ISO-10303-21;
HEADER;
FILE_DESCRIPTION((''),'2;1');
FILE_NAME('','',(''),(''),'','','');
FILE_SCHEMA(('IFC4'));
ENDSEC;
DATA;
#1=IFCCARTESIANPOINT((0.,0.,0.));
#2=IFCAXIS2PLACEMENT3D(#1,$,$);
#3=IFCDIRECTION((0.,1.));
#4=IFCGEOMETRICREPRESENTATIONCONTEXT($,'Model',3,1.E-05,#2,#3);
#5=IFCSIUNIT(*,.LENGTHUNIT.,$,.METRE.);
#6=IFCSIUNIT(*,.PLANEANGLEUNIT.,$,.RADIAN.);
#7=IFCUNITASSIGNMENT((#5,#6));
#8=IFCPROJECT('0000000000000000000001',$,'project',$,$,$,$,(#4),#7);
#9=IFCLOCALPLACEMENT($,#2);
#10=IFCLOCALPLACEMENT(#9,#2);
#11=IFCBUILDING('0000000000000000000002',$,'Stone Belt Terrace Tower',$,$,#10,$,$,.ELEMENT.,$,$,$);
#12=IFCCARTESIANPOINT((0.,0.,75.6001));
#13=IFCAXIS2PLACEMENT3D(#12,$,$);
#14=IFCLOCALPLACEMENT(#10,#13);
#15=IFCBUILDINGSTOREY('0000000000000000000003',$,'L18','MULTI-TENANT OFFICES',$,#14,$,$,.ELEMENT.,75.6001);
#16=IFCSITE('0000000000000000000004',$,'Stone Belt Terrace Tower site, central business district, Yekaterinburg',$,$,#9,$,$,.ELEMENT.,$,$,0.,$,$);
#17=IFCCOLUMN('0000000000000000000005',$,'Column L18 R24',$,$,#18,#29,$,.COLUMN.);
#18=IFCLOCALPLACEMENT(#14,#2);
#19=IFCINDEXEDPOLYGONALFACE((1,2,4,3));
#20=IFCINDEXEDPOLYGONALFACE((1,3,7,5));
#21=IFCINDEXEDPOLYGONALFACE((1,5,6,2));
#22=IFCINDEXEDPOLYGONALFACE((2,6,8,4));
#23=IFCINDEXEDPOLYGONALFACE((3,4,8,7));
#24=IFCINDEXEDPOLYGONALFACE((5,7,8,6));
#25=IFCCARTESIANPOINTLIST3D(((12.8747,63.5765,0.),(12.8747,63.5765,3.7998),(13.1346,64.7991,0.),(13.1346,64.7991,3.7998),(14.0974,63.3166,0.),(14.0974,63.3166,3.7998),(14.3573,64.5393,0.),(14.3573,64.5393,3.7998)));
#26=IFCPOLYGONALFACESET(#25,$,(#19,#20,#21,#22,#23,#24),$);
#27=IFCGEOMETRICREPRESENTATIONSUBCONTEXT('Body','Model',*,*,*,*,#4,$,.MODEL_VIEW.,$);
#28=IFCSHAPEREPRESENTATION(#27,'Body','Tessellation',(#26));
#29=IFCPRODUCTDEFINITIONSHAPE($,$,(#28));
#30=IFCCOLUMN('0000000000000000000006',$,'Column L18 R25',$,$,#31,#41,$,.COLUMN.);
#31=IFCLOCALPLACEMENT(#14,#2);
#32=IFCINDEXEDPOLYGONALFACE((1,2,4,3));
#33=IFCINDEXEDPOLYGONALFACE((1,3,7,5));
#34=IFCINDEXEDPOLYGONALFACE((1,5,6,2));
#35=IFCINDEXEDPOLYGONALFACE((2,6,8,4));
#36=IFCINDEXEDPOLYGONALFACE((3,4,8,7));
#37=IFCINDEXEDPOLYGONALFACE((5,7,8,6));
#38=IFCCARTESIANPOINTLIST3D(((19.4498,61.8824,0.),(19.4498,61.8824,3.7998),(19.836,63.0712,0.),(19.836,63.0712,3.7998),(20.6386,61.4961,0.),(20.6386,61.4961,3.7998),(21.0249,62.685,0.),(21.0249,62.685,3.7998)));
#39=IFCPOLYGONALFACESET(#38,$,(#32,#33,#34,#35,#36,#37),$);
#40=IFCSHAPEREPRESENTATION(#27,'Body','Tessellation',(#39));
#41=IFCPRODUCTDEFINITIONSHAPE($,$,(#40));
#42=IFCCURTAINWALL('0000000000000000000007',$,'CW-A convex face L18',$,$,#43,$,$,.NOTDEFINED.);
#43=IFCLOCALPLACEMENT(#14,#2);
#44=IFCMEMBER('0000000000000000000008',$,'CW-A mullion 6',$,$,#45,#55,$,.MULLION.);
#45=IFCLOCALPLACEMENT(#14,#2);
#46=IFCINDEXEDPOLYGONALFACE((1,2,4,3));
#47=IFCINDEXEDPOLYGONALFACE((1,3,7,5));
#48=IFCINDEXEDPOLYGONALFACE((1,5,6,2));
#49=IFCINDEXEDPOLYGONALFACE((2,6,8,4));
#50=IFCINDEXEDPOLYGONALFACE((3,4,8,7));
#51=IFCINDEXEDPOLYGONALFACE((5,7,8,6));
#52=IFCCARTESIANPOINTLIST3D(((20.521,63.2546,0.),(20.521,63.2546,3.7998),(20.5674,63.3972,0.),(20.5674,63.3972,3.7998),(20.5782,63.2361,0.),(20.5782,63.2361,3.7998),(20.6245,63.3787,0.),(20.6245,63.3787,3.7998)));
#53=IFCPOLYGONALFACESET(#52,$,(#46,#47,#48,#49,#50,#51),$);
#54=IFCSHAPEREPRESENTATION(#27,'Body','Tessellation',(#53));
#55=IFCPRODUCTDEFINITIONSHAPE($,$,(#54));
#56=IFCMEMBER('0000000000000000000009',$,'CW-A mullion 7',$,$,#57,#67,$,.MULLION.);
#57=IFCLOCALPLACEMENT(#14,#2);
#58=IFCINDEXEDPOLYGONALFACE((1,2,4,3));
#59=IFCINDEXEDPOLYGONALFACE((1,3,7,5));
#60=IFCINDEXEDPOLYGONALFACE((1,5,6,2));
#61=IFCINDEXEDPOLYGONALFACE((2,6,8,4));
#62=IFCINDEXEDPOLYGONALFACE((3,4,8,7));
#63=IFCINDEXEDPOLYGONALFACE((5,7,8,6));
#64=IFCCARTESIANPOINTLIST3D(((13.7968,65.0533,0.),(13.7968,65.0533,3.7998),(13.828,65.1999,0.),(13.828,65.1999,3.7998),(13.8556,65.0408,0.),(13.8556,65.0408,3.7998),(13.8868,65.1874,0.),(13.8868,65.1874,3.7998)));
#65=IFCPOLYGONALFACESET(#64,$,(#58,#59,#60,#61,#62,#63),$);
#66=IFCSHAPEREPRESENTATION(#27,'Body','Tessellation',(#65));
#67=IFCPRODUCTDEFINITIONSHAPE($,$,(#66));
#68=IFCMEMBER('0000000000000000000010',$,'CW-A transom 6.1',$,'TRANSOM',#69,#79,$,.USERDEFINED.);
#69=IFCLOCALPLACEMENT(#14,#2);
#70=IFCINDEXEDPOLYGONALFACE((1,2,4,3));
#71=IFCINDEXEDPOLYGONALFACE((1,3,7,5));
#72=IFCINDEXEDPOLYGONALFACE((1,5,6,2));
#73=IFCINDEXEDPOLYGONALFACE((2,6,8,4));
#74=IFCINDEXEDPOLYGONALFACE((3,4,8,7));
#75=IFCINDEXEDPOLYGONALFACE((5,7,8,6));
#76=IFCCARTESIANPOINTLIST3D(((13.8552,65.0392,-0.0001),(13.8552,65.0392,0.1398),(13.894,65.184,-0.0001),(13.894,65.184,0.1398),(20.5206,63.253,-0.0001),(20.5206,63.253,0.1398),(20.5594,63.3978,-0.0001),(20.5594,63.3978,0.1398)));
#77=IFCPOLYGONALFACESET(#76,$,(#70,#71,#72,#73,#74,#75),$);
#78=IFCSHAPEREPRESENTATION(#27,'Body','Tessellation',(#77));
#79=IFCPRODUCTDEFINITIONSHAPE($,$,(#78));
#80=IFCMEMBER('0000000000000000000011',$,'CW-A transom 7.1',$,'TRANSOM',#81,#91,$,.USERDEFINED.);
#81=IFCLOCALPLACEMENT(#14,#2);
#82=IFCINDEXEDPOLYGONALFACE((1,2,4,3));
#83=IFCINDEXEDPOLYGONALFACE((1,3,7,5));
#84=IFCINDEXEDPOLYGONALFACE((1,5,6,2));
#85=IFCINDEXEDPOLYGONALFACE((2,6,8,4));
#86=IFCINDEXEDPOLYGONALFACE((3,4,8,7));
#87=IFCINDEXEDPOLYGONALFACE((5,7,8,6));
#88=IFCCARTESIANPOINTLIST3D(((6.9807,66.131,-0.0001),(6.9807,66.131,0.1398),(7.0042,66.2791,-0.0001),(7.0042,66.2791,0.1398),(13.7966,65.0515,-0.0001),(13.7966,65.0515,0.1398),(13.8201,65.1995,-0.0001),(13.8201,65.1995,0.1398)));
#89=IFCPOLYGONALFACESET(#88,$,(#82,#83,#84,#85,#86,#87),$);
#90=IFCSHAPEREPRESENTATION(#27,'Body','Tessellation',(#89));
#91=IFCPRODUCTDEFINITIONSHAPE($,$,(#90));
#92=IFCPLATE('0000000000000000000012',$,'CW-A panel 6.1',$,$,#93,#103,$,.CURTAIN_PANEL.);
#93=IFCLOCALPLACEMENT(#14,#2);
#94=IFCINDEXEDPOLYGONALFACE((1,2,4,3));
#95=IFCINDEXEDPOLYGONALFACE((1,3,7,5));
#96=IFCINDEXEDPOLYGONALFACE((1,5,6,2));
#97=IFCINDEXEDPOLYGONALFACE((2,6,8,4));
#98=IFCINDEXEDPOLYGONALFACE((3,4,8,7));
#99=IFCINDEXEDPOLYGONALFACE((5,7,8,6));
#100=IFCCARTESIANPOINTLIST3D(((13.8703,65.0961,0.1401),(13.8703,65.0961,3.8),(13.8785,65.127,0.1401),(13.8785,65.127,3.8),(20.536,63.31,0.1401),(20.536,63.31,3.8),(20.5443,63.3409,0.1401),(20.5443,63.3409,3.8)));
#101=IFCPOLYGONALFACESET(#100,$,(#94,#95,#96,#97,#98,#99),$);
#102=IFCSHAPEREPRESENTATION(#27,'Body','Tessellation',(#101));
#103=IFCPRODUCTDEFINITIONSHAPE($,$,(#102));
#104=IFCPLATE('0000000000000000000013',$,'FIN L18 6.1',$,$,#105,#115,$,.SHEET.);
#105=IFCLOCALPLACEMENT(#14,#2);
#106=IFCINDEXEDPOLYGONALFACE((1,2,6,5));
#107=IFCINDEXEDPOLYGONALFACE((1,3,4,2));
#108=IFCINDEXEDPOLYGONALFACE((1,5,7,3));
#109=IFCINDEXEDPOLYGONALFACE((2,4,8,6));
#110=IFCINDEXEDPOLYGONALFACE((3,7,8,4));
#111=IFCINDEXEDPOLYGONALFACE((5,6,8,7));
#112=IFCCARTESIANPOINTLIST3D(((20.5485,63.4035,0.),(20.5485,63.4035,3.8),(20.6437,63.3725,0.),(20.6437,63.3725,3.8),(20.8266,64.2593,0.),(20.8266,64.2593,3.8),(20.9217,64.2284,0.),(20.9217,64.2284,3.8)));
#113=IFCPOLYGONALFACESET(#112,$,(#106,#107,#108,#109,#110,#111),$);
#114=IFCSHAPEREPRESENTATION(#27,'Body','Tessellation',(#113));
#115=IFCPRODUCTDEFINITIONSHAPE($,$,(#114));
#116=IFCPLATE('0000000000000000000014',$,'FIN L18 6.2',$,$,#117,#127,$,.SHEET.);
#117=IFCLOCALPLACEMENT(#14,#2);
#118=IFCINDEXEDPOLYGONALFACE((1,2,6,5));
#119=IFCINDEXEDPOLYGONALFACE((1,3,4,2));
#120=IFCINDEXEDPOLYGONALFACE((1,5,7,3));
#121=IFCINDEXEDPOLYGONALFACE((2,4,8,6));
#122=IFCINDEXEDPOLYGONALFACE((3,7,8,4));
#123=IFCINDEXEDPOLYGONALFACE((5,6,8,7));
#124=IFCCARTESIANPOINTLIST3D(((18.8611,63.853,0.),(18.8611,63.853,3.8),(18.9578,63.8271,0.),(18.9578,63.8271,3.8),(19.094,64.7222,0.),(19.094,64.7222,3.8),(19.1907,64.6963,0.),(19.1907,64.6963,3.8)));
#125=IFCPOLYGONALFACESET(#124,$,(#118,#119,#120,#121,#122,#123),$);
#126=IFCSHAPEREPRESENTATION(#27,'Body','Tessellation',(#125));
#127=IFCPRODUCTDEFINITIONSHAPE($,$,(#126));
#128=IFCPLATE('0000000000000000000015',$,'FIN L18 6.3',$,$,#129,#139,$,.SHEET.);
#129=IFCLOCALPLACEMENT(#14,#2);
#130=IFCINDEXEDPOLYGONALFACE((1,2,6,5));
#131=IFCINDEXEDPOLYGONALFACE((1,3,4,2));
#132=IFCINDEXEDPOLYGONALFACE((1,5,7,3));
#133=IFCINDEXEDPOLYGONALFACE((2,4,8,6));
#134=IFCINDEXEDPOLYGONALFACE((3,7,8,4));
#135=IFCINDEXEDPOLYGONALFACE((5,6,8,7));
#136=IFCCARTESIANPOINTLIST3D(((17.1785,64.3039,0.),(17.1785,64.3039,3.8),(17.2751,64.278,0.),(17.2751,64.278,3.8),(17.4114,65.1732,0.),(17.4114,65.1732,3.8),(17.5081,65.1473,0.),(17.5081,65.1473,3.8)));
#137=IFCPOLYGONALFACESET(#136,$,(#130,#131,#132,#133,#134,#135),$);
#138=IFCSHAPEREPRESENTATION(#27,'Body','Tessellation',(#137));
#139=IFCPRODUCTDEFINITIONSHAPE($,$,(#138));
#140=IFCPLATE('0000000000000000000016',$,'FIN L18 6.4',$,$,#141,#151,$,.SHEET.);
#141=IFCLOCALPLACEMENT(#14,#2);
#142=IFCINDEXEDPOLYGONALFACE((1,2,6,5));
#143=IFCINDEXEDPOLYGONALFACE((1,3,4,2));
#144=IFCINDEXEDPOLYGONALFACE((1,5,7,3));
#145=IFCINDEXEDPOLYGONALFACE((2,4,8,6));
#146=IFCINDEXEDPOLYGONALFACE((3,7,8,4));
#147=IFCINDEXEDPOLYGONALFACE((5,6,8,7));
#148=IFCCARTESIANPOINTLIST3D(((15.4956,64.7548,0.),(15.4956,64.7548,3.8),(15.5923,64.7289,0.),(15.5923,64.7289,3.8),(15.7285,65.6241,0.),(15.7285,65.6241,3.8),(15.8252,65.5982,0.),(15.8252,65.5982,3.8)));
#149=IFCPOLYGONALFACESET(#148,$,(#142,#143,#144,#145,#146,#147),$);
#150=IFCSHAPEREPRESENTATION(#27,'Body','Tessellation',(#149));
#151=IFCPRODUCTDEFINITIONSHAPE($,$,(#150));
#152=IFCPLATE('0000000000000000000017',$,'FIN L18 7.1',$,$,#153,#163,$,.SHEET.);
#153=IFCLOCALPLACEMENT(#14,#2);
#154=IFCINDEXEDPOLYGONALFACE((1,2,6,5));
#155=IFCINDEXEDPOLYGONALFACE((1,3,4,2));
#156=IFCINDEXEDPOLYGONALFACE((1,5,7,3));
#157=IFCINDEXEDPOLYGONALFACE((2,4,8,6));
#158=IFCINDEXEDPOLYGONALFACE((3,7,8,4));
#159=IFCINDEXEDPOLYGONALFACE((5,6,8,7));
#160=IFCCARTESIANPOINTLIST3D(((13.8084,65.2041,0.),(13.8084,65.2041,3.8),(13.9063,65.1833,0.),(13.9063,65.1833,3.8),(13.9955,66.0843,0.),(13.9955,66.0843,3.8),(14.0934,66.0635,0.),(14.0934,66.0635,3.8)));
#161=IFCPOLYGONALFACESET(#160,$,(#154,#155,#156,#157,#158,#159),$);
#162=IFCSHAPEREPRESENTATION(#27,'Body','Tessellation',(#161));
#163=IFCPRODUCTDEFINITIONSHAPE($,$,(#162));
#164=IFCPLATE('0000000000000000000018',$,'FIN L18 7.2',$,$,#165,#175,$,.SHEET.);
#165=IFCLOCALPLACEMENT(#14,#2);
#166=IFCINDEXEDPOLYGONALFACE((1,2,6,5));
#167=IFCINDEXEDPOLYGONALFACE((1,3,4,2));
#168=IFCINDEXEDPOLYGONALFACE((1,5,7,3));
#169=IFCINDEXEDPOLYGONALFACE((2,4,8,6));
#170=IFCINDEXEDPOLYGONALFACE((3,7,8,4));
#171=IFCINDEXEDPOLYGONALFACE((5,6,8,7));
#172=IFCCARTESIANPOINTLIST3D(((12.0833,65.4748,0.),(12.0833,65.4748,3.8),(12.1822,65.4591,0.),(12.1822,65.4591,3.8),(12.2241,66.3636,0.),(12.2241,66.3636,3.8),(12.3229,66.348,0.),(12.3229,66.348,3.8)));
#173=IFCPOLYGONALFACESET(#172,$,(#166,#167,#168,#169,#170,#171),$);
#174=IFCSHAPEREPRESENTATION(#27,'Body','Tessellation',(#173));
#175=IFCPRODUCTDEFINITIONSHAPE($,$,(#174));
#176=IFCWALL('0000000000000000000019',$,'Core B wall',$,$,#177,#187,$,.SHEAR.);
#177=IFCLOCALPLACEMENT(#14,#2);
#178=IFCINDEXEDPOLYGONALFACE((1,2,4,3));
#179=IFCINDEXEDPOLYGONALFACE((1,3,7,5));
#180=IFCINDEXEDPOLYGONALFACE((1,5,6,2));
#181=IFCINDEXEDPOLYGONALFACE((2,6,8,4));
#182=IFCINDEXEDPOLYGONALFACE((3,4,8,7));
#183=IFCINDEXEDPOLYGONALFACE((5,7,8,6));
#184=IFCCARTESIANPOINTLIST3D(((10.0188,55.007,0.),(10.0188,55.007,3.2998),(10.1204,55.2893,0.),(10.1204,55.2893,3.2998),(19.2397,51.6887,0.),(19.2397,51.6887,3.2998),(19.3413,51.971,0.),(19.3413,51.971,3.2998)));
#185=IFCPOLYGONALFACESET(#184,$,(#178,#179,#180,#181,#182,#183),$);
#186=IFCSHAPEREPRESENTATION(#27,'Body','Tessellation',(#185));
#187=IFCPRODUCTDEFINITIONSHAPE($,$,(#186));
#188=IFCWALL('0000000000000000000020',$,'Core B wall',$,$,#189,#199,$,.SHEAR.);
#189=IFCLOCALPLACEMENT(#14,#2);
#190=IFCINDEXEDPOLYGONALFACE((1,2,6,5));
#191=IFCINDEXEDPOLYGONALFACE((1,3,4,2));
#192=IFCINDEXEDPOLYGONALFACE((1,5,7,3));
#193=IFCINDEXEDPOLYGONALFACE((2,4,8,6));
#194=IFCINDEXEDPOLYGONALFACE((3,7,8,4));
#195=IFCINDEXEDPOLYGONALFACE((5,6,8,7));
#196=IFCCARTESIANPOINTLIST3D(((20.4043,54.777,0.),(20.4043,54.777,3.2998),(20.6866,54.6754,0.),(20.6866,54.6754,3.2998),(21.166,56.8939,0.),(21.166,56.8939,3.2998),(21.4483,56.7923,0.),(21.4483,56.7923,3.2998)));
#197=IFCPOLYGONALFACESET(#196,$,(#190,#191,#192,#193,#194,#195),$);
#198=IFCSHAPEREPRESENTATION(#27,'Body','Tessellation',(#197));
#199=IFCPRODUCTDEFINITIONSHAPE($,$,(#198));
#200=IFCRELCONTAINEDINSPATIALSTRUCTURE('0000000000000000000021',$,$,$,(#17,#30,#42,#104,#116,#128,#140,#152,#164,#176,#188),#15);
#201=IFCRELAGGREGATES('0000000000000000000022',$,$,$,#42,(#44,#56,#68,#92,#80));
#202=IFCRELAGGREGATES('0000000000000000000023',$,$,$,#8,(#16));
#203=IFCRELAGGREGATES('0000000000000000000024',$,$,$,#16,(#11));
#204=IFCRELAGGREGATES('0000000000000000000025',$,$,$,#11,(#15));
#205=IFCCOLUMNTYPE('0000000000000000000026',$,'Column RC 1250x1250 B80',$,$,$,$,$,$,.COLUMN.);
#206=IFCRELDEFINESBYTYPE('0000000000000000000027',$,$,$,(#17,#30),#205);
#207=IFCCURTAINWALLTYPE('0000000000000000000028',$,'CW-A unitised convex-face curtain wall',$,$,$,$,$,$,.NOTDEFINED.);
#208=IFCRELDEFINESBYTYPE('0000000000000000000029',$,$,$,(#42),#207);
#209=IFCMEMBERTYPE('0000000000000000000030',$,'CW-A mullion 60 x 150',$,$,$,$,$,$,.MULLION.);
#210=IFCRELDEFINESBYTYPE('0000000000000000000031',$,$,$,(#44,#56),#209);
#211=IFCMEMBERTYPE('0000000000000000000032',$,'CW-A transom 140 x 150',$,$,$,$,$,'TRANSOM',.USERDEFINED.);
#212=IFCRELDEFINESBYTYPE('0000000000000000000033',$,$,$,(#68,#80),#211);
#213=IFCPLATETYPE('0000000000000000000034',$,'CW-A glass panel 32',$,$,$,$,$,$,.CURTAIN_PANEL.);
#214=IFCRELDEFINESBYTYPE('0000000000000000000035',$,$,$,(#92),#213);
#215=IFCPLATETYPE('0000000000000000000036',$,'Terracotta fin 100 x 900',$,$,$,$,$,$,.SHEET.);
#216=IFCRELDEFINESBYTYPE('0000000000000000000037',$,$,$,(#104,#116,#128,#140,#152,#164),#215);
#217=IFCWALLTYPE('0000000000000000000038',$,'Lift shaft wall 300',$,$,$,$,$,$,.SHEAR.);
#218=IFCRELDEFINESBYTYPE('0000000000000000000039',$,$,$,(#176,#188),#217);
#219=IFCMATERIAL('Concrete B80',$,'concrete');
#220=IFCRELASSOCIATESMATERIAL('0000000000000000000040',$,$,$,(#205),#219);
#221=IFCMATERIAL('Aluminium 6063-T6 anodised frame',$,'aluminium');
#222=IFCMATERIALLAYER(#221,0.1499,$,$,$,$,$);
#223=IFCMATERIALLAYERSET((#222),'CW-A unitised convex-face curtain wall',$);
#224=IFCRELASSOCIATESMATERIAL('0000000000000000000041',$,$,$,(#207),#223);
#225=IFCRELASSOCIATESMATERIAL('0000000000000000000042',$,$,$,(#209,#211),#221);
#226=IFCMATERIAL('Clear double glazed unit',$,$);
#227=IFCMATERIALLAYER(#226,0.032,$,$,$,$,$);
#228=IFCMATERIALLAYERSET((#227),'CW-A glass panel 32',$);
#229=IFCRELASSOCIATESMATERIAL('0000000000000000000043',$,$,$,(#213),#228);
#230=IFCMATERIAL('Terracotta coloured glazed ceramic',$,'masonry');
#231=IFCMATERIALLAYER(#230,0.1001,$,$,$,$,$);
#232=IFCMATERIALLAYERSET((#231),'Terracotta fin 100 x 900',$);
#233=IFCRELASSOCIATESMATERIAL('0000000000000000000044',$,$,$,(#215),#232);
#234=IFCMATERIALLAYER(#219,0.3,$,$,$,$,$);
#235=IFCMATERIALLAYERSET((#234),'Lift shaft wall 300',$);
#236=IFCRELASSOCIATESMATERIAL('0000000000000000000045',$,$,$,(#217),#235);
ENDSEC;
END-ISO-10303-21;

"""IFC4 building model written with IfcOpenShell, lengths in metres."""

from ifc_helpers import new_model, si_unit, direction, frame, frame_2d, origin, origin_2d, place, context, subcontext, project, spatial, rectangle, extrude, material, layer, layer_set, material_profile, profile_set, type_object, element, aggregate, save


model = new_model("IFC4")

# Units and contexts
model_context = context("Model", 3, precision=1e-05, world=origin(), true_north=direction((0.0, 1.0)))
body_context = subcontext(model_context, "Body", "Model", "MODEL_VIEW")
ifc_project = project(units=[si_unit("LENGTHUNIT", "METRE"), si_unit("PLANEANGLEUNIT", "RADIAN")], contexts=[model_context])

# Site, building, storey
site_placement = place(None, origin())
site = spatial("IfcSite", under=ifc_project, at=site_placement, Name="Stone Belt Terrace Tower site, central business district, Yekaterinburg", CompositionType="ELEMENT", RefElevation=0.0)
building_placement = place(site_placement, origin())
building = spatial("IfcBuilding", under=site, at=building_placement, Name="Stone Belt Terrace Tower", CompositionType="ELEMENT")
storey_placement = place(building_placement, frame((0.0, 0.0, 75.6001)))
storey = spatial("IfcBuildingStorey", under=building, at=storey_placement, Name="L18", Description="MULTI-TENANT OFFICES", CompositionType="ELEMENT", Elevation=75.6001)

# Columns
ifc_material_1 = material(Name="Concrete B80", Category="concrete")
ifc_material_profile_1 = material_profile(ifc_material_1, rectangle(XDim=1.25, YDim=1.25, at=origin_2d()), Name="RC 1250x1250")
ifc_profile_set_1 = profile_set([ifc_material_profile_1], Name="Concrete B80")
column_type = type_object("IfcColumnType", Name="Column RC 1250x1250 B80", PredefinedType="COLUMN", material=ifc_profile_set_1)
for number, where, z_axis, x_axis, name in (
    (1, (13.616, 64.0579, 0.0), (0.0, 0.0, 1.0), (0.978148, -0.207912, 0.0), "Column L18 R24"),
    (2, (20.2373, 62.2837, 0.0), (0.0, 0.0, 1.0), (0.951057, -0.309017, 0.0), "Column L18 R25"),
):
    element("IfcColumn", number, at=place(storey_placement, frame(where, z_axis=z_axis, x_axis=x_axis)), inside=storey, type_object=column_type, Name=name, PredefinedType="COLUMN", context=body_context, shape_type="SweptSolid", body=[
        extrude(rectangle(XDim=1.25, YDim=1.25, at=origin_2d()), origin(), (0.0, 0.0, 1.0), 3.7998),
    ])

# Curtain wall, members, plate
ifc_material_2 = material(Name="Aluminium 6063-T6 anodised frame", Category="aluminium")
ifc_layer_1 = layer(ifc_material_2, 0.1499)
ifc_layer_set_1 = layer_set([ifc_layer_1], Name="CW-A unitised convex-face curtain wall")
curtain_wall_type = type_object("IfcCurtainWallType", Name="CW-A unitised convex-face curtain wall", PredefinedType="NOTDEFINED", material=ifc_layer_set_1)
curtain_wall_placement = place(storey_placement, origin())
curtain_wall = element("IfcCurtainWall", 3, at=curtain_wall_placement, inside=storey, type_object=curtain_wall_type, Name="CW-A convex face L18", PredefinedType="NOTDEFINED")
ifc_material_profile_2 = material_profile(ifc_material_2, rectangle(XDim=0.1499, YDim=0.0601, at=origin_2d()), Name="Aluminium 6063-T6 60x150")
ifc_profile_set_2 = profile_set([ifc_material_profile_2], Name="Aluminium 6063-T6 anodised frame")
member_type_1 = type_object("IfcMemberType", Name="CW-A mullion 60 x 150", PredefinedType="MULLION", material=ifc_profile_set_2)
member_1_placement = place(storey_placement, frame((20.5728, 63.3167, 0.0), z_axis=(0.0, 0.0, 1.0), x_axis=(-0.309017, -0.951057, 0.0)))
member_1 = element("IfcMember", 4, at=member_1_placement, type_object=member_type_1, Name="CW-A mullion 6", PredefinedType="MULLION", context=body_context, shape_type="SweptSolid", body=[
    extrude(rectangle(XDim=0.1499, YDim=0.0601, at=origin_2d()), origin(), (0.0, 0.0, 1.0), 3.7998),
])
member_2_placement = place(storey_placement, frame((13.8418, 65.1204, 0.0), z_axis=(0.0, 0.0, 1.0), x_axis=(-0.207912, -0.978148, 0.0)))
member_2 = element("IfcMember", 5, at=member_2_placement, type_object=member_type_1, Name="CW-A mullion 7", PredefinedType="MULLION", context=body_context, shape_type="SweptSolid", body=[
    extrude(rectangle(XDim=0.1499, YDim=0.0601, at=origin_2d()), origin(), (0.0, 0.0, 1.0), 3.7998),
])
ifc_material_profile_3 = material_profile(ifc_material_2, rectangle(XDim=0.1499, YDim=0.1399, at=origin_2d()), Name="Aluminium 6063-T6 150x140")
ifc_profile_set_3 = profile_set([ifc_material_profile_3], Name="Aluminium 6063-T6 anodised frame")
member_type_2 = type_object("IfcMemberType", Name="CW-A transom 140 x 150", ElementType="TRANSOM", PredefinedType="USERDEFINED", material=ifc_profile_set_3)
member_3_placement = place(storey_placement, frame((20.54, 63.3254, 0.0698), z_axis=(-0.965922, 0.258834, 0.0), x_axis=(-0.258834, -0.965922, 0.0)))
member_3 = element("IfcMember", 6, at=member_3_placement, type_object=member_type_2, Name="CW-A transom 6.1", ObjectType="TRANSOM", PredefinedType="USERDEFINED", context=body_context, shape_type="SweptSolid", body=[
    extrude(rectangle(XDim=0.1499, YDim=0.1399, at=origin_2d()), origin(), (0.0, 0.0, 1.0), 6.9006),
])
member_4_placement = place(storey_placement, frame((13.8083, 65.1255, 0.0698), z_axis=(-0.987687, 0.156442, 0.0), x_axis=(-0.156442, -0.987687, 0.0)))
member_4 = element("IfcMember", 7, at=member_4_placement, type_object=member_type_2, Name="CW-A transom 7.1", ObjectType="TRANSOM", PredefinedType="USERDEFINED", context=body_context, shape_type="SweptSolid", body=[
    extrude(rectangle(XDim=0.1499, YDim=0.1399, at=origin_2d()), origin(), (0.0, 0.0, 1.0), 6.9009),
])
ifc_material_3 = material(Name="Clear double glazed unit")
ifc_layer_2 = layer(ifc_material_3, 0.032)
ifc_layer_set_2 = layer_set([ifc_layer_2], Name="CW-A glass panel 32")
plate_type_1 = type_object("IfcPlateType", Name="CW-A glass panel 32", PredefinedType="CURTAIN_PANEL", material=ifc_layer_set_2)
plate_placement = place(storey_placement, frame((17.2073, 64.2185, 0.1401), z_axis=(0.0, 0.0, 1.0), x_axis=(-0.965926, 0.258819, 0.0)))
plate = element("IfcPlate", 8, at=plate_placement, type_object=plate_type_1, Name="CW-A panel 6.1", PredefinedType="CURTAIN_PANEL", context=body_context, shape_type="SweptSolid", body=[
    extrude(rectangle(XDim=6.9009, YDim=0.032, at=origin_2d()), origin(), (0.0, 0.0, 1.0), 3.6599),
])
aggregate(curtain_wall, [member_1, member_2, member_3, plate, member_4])

# Plates
ifc_material_4 = material(Name="Terracotta coloured glazed ceramic", Category="masonry")
ifc_layer_3 = layer(ifc_material_4, 0.1001)
ifc_layer_set_3 = layer_set([ifc_layer_3], Name="Terracotta fin 100 x 900")
plate_type_2 = type_object("IfcPlateType", Name="Terracotta fin 100 x 900", PredefinedType="SHEET", material=ifc_layer_set_3)
for number, where, z_axis, x_axis, name in (
    (9, (20.7351, 63.8159, 0.0), (0.0, 0.0, 1.0), (0.309017, 0.951057, 0.0), "FIN L18 6.1"),
    (10, (19.0259, 64.2747, 0.0), (0.0, 0.0, 1.0), (0.258819, 0.965926, 0.0), "FIN L18 6.2"),
    (11, (17.3433, 64.7256, 0.0), (0.0, 0.0, 1.0), (0.258819, 0.965926, 0.0), "FIN L18 6.3"),
    (12, (15.6604, 65.1765, 0.0), (0.0, 0.0, 1.0), (0.258819, 0.965926, 0.0), "FIN L18 6.4"),
    (13, (13.9509, 65.6338, 0.0), (0.0, 0.0, 1.0), (0.207912, 0.978148, 0.0), "FIN L18 7.1"),
    (14, (12.2031, 65.9114, 0.0), (0.0, 0.0, 1.0), (0.156434, 0.987688, 0.0), "FIN L18 7.2"),
):
    element("IfcPlate", number, at=place(storey_placement, frame(where, z_axis=z_axis, x_axis=x_axis)), inside=storey, type_object=plate_type_2, Name=name, PredefinedType="SHEET", context=body_context, shape_type="SweptSolid", body=[
        extrude(rectangle(XDim=0.8999, YDim=0.1001, at=origin_2d()), origin(), (0.0, 0.0, 1.0), 3.8),
    ])

# Walls
ifc_layer_4 = layer(ifc_material_1, 0.3)
ifc_layer_set_4 = layer_set([ifc_layer_4], Name="Lift shaft wall 300")
wall_type_1 = type_object("IfcWallType", Name="Lift shaft wall 300", PredefinedType="SHEAR", material=ifc_layer_set_4)
wall_1_placement = place(storey_placement, frame((19.2905, 51.8298, 0.0), z_axis=(0.0, 0.0, 1.0), x_axis=(-0.940926, 0.338613, 0.0)))
element("IfcWall", 15, at=wall_1_placement, inside=storey, type_object=wall_type_1, Name="Core B wall", PredefinedType="SHEAR", context=body_context, shape_type="SweptSolid", body=[
    extrude(rectangle(XDim=9.7998, YDim=0.3, at=frame_2d((4.8999, 0.0))), origin(), (0.0, 0.0, 1.0), 3.2998),
])
wall_2_placement = place(storey_placement, frame((20.5454, 54.7261, 0.0), z_axis=(0.0, 0.0, 1.0), x_axis=(0.33857, 0.940941, 0.0)))
element("IfcWall", 16, at=wall_2_placement, inside=storey, type_object=wall_type_1, Name="Core B wall", PredefinedType="SHEAR", context=body_context, shape_type="SweptSolid", body=[
    extrude(rectangle(XDim=2.2498, YDim=0.3, at=frame_2d((1.125, 0.0))), origin(), (0.0, 0.0, 1.0), 3.2998),
])

save(model, "model.ifc")
